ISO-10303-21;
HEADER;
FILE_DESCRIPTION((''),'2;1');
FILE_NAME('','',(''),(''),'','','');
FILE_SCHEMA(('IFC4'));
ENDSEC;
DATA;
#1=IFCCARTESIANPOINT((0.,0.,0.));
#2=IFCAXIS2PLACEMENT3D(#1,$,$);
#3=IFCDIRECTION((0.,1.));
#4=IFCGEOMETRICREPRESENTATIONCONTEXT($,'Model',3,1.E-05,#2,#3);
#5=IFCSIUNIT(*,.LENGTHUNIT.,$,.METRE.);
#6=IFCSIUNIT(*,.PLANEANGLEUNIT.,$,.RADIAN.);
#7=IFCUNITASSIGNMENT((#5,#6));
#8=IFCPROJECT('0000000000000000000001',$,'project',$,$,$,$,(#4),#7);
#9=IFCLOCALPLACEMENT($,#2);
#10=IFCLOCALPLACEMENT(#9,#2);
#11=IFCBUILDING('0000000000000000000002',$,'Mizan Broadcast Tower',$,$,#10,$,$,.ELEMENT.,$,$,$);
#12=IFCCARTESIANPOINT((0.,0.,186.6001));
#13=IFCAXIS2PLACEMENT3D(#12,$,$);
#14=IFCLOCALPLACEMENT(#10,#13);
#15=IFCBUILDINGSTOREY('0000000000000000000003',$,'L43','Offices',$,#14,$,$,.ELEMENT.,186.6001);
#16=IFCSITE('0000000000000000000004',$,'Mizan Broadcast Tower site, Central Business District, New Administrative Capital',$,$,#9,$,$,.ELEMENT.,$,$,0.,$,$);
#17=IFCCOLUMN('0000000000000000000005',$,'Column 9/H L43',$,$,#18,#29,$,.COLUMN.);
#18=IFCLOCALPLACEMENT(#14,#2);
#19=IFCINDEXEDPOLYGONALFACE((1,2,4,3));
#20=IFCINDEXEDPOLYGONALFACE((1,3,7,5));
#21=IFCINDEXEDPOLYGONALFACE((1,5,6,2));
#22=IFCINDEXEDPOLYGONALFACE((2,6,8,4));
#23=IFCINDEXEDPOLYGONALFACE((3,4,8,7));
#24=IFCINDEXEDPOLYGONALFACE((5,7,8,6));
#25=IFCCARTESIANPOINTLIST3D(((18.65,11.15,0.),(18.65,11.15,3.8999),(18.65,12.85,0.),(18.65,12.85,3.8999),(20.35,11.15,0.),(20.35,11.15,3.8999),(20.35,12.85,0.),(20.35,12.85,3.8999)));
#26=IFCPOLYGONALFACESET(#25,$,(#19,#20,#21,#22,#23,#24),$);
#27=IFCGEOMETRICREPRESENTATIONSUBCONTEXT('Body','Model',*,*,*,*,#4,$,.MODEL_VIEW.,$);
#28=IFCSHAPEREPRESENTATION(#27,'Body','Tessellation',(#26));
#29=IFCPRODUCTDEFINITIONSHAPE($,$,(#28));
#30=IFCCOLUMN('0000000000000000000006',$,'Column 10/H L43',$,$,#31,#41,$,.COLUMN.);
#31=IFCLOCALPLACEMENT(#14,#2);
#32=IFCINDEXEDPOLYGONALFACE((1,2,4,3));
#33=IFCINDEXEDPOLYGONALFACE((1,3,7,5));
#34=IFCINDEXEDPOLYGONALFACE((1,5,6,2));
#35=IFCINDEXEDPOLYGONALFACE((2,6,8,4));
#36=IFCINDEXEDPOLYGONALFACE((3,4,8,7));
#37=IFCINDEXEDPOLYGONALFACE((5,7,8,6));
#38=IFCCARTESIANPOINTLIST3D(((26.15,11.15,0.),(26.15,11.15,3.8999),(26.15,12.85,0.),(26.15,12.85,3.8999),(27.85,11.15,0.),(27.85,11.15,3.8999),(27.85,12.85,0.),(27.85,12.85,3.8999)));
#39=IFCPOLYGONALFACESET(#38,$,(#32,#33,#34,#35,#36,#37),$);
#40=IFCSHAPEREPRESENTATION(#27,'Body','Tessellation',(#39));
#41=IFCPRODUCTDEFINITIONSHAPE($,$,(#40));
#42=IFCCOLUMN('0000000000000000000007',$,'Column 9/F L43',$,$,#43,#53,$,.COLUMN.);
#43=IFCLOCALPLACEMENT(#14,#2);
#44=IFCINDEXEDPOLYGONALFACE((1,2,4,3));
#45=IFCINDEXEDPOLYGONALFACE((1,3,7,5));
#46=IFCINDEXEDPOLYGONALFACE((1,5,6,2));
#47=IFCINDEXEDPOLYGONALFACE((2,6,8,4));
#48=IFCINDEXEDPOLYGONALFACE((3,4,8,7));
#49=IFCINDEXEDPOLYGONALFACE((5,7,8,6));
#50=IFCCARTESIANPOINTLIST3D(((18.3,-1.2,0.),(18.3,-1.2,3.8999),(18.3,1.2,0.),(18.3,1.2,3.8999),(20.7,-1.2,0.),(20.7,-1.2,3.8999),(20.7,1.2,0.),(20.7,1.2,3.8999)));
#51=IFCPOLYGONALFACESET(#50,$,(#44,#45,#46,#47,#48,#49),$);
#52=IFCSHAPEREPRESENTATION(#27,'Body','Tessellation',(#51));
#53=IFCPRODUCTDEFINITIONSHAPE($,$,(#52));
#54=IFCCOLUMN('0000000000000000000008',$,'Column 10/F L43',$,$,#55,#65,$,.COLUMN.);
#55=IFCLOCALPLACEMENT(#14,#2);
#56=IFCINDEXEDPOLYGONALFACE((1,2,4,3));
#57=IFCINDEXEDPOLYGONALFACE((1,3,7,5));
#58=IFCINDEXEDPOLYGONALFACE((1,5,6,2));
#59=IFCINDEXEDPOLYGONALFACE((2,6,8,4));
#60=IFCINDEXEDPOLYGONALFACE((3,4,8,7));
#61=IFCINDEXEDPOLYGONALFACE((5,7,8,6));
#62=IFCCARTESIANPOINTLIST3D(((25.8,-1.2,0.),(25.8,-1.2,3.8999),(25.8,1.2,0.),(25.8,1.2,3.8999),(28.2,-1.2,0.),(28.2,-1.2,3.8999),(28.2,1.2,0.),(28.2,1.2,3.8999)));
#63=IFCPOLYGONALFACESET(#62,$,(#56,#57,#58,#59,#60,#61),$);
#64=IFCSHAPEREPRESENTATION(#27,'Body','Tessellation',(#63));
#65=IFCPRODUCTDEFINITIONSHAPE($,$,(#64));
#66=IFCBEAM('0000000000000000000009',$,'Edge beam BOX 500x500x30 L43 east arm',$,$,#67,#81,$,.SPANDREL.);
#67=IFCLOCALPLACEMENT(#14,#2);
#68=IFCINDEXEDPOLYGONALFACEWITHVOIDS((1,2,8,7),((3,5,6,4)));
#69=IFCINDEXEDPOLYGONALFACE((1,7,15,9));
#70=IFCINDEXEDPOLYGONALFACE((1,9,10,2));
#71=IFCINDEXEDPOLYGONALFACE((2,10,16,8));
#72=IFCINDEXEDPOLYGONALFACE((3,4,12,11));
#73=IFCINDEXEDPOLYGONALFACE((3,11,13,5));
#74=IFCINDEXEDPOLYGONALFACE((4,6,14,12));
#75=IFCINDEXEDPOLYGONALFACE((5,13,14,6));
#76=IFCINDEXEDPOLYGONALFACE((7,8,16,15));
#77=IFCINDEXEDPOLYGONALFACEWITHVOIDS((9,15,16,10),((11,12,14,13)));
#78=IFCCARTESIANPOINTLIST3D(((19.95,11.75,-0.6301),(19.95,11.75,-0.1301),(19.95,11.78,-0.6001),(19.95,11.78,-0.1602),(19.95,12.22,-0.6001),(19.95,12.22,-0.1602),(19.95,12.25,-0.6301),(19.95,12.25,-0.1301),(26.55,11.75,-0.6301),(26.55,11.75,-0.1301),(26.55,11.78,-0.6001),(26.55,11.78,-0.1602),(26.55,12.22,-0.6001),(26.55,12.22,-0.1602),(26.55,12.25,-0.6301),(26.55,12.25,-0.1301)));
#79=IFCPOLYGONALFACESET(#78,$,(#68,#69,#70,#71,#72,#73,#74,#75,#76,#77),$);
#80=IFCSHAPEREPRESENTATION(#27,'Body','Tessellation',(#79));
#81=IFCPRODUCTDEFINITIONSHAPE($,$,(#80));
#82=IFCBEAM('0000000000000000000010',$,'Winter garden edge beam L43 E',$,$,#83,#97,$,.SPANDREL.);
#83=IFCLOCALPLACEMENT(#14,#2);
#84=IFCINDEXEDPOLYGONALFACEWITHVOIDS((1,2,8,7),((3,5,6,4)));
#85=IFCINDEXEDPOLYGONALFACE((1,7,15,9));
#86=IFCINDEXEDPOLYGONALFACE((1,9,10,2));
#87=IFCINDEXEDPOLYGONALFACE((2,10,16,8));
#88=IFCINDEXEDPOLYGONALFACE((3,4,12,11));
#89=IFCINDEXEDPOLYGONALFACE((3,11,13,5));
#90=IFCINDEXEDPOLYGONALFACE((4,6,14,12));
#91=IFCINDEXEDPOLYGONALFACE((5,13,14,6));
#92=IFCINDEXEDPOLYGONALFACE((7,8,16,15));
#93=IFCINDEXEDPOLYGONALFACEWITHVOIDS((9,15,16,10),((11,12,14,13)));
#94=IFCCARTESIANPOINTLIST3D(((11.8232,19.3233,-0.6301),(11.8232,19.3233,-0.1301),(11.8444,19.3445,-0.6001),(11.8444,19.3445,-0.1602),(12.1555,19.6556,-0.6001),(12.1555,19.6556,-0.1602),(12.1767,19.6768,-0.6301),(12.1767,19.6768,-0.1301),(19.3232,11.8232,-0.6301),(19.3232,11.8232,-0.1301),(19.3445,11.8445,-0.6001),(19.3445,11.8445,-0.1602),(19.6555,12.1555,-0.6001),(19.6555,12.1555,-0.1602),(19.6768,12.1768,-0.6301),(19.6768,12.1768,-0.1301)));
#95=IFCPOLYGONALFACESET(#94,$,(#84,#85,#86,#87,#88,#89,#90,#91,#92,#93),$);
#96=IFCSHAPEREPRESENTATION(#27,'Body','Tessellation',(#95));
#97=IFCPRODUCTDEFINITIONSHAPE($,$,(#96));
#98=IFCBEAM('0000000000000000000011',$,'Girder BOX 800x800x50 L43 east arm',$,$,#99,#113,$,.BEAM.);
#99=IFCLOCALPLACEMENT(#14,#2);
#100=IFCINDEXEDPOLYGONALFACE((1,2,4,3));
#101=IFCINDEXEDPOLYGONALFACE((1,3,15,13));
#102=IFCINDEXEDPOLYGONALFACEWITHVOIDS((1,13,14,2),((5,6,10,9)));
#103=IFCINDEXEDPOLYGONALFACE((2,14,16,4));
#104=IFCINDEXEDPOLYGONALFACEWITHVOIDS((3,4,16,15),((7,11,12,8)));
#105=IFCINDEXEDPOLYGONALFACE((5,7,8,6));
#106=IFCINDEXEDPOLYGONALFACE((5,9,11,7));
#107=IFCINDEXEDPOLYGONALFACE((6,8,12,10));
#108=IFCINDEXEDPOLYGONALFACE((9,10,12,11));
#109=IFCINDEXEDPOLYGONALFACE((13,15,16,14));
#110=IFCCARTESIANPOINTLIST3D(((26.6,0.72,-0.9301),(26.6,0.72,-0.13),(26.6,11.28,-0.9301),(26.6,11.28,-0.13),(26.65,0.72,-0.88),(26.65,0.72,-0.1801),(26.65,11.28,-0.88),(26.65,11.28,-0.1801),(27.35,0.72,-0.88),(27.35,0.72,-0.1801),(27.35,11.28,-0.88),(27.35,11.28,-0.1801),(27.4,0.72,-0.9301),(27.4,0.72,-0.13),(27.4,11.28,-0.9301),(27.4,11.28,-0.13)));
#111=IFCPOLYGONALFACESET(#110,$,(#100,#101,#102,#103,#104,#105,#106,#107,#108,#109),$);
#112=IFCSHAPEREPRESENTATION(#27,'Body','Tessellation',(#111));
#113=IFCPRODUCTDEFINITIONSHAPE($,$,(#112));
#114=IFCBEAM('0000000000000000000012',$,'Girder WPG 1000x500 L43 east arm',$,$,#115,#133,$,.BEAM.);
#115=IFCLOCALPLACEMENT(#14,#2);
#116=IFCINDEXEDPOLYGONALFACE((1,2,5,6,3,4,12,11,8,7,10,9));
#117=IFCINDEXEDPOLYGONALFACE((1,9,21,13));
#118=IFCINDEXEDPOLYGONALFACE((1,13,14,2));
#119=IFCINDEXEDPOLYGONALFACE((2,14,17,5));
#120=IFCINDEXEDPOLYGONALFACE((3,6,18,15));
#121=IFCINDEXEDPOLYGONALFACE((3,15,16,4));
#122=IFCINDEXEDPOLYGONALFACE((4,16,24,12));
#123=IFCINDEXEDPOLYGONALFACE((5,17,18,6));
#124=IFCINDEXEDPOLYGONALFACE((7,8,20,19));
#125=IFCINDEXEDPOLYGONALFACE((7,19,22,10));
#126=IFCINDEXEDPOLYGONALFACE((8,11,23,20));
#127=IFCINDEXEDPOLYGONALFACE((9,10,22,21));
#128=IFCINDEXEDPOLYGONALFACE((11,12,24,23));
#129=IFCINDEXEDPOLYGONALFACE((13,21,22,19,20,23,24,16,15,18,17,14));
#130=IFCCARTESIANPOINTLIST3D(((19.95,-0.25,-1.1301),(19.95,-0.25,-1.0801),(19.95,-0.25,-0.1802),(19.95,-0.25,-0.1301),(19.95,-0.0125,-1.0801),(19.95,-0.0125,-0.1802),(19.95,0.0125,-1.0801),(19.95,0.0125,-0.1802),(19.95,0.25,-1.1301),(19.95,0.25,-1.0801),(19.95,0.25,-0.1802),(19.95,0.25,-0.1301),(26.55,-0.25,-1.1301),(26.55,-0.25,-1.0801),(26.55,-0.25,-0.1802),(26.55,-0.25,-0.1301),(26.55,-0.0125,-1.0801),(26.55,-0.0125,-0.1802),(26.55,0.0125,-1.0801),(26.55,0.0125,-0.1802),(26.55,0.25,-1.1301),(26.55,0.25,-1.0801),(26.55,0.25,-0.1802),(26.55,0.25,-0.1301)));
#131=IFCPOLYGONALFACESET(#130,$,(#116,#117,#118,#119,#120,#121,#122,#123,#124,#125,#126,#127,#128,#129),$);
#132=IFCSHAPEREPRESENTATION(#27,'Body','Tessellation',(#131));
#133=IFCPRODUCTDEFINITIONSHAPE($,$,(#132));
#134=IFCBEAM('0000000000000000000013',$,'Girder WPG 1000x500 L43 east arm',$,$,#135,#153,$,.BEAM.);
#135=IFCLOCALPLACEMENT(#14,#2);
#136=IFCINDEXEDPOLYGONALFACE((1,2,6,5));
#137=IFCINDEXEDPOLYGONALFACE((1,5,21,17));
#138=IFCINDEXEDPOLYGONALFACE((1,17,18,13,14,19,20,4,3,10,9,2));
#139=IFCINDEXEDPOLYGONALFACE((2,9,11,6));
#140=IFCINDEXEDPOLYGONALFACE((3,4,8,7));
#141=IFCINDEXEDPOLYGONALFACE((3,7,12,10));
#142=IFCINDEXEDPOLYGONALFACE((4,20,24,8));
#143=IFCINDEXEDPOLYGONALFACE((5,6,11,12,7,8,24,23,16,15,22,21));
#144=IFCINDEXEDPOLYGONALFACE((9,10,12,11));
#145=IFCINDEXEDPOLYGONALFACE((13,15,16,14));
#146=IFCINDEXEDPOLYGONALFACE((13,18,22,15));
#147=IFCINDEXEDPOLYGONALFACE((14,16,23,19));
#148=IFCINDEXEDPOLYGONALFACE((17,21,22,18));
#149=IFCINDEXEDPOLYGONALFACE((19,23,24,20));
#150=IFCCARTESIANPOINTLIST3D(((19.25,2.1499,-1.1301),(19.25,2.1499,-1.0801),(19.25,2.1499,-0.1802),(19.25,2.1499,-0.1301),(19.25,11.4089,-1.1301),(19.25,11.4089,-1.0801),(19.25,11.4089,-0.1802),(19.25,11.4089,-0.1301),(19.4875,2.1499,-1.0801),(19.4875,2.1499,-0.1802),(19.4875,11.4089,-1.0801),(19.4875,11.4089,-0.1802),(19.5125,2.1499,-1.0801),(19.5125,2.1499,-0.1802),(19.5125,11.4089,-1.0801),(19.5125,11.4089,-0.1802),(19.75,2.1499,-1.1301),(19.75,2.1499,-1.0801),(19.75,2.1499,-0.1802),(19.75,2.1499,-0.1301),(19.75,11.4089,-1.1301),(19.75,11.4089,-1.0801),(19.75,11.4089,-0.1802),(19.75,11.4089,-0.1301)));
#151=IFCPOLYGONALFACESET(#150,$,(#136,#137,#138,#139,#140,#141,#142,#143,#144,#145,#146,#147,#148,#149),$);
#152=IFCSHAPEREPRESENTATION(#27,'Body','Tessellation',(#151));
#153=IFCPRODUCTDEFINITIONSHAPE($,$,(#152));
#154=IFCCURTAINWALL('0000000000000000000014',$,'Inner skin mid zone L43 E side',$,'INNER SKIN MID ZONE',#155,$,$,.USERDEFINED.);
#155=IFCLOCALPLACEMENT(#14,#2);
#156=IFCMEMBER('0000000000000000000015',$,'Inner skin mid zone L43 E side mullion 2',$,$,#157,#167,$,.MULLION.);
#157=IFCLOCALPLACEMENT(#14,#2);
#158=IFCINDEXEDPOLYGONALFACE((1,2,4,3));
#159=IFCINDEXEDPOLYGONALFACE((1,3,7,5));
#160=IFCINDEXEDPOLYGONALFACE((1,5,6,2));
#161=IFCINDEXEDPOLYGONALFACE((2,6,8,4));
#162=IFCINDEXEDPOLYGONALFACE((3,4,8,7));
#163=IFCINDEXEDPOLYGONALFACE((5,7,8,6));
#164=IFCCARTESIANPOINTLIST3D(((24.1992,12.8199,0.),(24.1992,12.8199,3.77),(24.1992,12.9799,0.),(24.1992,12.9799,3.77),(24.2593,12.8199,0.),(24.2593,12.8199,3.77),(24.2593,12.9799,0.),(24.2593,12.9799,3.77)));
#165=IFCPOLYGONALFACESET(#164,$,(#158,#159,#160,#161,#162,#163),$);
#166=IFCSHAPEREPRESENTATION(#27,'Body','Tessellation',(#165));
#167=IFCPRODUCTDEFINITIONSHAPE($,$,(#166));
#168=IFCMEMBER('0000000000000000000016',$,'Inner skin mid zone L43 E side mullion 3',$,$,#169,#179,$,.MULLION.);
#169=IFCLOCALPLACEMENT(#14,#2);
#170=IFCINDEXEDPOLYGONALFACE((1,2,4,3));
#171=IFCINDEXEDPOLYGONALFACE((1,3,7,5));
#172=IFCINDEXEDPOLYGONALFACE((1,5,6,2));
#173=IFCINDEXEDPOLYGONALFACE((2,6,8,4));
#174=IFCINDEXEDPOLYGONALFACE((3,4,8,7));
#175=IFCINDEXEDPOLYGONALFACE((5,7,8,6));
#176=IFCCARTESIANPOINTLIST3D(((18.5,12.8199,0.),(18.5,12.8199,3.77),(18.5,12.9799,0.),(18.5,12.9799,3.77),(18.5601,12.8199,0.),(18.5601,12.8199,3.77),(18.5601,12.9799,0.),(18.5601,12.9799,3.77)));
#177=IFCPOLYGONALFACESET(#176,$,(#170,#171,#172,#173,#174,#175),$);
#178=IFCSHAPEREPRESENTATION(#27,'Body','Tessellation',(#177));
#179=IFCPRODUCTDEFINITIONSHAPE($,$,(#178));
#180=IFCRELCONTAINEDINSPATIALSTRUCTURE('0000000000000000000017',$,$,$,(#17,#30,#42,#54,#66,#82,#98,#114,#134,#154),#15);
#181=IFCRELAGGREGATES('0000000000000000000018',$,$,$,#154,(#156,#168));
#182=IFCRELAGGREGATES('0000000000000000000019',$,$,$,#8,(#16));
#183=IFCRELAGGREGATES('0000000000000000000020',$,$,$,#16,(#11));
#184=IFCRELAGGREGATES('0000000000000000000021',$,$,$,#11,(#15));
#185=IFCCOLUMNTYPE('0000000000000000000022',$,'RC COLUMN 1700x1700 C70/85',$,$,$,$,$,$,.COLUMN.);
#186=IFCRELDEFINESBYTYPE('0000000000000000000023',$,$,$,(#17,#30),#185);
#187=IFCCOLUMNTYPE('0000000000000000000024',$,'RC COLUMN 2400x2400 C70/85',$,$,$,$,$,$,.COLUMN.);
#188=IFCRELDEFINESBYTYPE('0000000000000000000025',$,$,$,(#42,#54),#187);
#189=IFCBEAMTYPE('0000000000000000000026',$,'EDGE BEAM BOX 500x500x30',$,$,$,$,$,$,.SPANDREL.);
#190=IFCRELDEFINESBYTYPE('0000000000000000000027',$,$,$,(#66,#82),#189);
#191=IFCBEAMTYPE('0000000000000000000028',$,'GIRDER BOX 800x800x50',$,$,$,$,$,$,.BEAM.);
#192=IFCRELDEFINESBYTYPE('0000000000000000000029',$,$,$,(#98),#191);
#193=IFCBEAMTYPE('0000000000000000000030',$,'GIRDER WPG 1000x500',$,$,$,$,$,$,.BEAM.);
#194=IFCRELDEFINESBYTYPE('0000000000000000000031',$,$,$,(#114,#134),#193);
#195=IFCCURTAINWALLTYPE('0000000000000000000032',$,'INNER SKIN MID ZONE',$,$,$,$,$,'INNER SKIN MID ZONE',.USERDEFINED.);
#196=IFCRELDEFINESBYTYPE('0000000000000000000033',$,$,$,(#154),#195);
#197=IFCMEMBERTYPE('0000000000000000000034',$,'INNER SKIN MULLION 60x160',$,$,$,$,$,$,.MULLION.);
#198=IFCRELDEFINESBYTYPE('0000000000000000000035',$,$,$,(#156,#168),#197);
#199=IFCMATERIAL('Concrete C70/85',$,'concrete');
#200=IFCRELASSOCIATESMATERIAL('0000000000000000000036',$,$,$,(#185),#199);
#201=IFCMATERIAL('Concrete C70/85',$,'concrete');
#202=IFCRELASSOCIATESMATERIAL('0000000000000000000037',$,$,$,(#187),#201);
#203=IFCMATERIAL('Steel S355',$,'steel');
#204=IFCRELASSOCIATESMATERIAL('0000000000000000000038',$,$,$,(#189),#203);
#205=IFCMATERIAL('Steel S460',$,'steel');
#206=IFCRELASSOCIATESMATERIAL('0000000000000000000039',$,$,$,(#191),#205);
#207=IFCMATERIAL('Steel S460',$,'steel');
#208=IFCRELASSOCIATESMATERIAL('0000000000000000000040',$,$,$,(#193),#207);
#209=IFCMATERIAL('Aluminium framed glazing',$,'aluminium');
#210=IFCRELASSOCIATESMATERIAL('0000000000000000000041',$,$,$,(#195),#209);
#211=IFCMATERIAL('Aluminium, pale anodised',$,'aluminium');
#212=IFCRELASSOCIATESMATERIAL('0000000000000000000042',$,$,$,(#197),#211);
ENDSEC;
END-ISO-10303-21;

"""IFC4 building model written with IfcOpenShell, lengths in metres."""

from ifc_helpers import new_model, si_unit, direction, frame, origin, origin_2d, place, context, subcontext, project, spatial, rectangle, hollow_rectangle, i_section, extrude, material, material_profile, profile_set, type_object, element, aggregate, save


model = new_model("IFC4")

# Units and contexts
model_context = context("Model", 3, precision=1e-05, world=origin(), true_north=direction((0.0, 1.0)))
body_context = subcontext(model_context, "Body", "Model", "MODEL_VIEW")
ifc_project = project(units=[si_unit("LENGTHUNIT", "METRE"), si_unit("PLANEANGLEUNIT", "RADIAN")], contexts=[model_context])

# Site, building, storey
site_placement = place(None, origin())
site = spatial("IfcSite", under=ifc_project, at=site_placement, Name="Mizan Broadcast Tower site, Central Business District, New Administrative Capital", CompositionType="ELEMENT", RefElevation=0.0)
building_placement = place(site_placement, origin())
building = spatial("IfcBuilding", under=site, at=building_placement, Name="Mizan Broadcast Tower", CompositionType="ELEMENT")
storey_placement = place(building_placement, frame((0.0, 0.0, 186.6001)))
storey = spatial("IfcBuildingStorey", under=building, at=storey_placement, Name="L43", Description="Offices", CompositionType="ELEMENT", Elevation=186.6001)

# Columns
ifc_material_1 = material(Name="Concrete C70/85", Category="concrete")
ifc_material_profile_1 = material_profile(ifc_material_1, rectangle(XDim=1.7, YDim=1.7, at=origin_2d()), Name="RC 1700x1700")
ifc_profile_set_1 = profile_set([ifc_material_profile_1], Name="Concrete C70/85")
column_type_1 = type_object("IfcColumnType", Name="RC COLUMN 1700x1700 C70/85", PredefinedType="COLUMN", material=ifc_profile_set_1)
for number, where, z_axis, x_axis, name in (
    (1, (19.5, 12.0, 0.0), (0.0, 0.0, 1.0), (1.0, 0.0, 0.0), "Column 9/H L43"),
    (2, (27.0, 12.0, 0.0), (0.0, 0.0, 1.0), (1.0, 0.0, 0.0), "Column 10/H L43"),
):
    element("IfcColumn", number, at=place(storey_placement, frame(where, z_axis=z_axis, x_axis=x_axis)), inside=storey, type_object=column_type_1, Name=name, PredefinedType="COLUMN", context=body_context, shape_type="SweptSolid", body=[
        extrude(rectangle(XDim=1.7, YDim=1.7, at=origin_2d()), origin(), (0.0, 0.0, 1.0), 3.8999),
    ])
ifc_material_2 = material(Name="Concrete C70/85", Category="concrete")
ifc_material_profile_2 = material_profile(ifc_material_2, rectangle(XDim=2.3999, YDim=2.3999, at=origin_2d()), Name="RC 2400x2400")
ifc_profile_set_2 = profile_set([ifc_material_profile_2], Name="Concrete C70/85")
column_type_2 = type_object("IfcColumnType", Name="RC COLUMN 2400x2400 C70/85", PredefinedType="COLUMN", material=ifc_profile_set_2)
for number, where, z_axis, x_axis, name in (
    (3, (19.5, 0.0, 0.0), (0.0, 0.0, 1.0), (1.0, 0.0, 0.0), "Column 9/F L43"),
    (4, (27.0, 0.0, 0.0), (0.0, 0.0, 1.0), (1.0, 0.0, 0.0), "Column 10/F L43"),
):
    element("IfcColumn", number, at=place(storey_placement, frame(where, z_axis=z_axis, x_axis=x_axis)), inside=storey, type_object=column_type_2, Name=name, PredefinedType="COLUMN", context=body_context, shape_type="SweptSolid", body=[
        extrude(rectangle(XDim=2.3999, YDim=2.3999, at=origin_2d()), origin(), (0.0, 0.0, 1.0), 3.8999),
    ])

# Beams
ifc_material_3 = material(Name="Steel S355", Category="steel")
ifc_material_profile_3 = material_profile(ifc_material_3, hollow_rectangle(XDim=0.5, YDim=0.5, WallThickness=0.03, at=origin_2d()), Name="BOX 500x500x30")
ifc_profile_set_3 = profile_set([ifc_material_profile_3], Name="Steel S355")
beam_type_1 = type_object("IfcBeamType", Name="EDGE BEAM BOX 500x500x30", PredefinedType="SPANDREL", material=ifc_profile_set_3)
beam_1_placement = place(storey_placement, frame((19.95, 12.0, -0.3801), z_axis=(1.0, 0.0, 0.0), x_axis=(0.0, 1.0, 0.0)))
element("IfcBeam", 5, at=beam_1_placement, inside=storey, type_object=beam_type_1, Name="Edge beam BOX 500x500x30 L43 east arm", PredefinedType="SPANDREL", context=body_context, shape_type="SweptSolid", body=[
    extrude(hollow_rectangle(XDim=0.5, YDim=0.5, WallThickness=0.03, at=origin_2d()), origin(), (0.0, 0.0, 1.0), 6.6001),
])
beam_2_placement = place(storey_placement, frame((19.5, 12.0, -0.3801), z_axis=(-0.707107, 0.707107, 0.0), x_axis=(-0.707107, -0.707107, 0.0)))
element("IfcBeam", 6, at=beam_2_placement, inside=storey, type_object=beam_type_1, Name="Winter garden edge beam L43 E", PredefinedType="SPANDREL", context=body_context, shape_type="SweptSolid", body=[
    extrude(hollow_rectangle(XDim=0.5, YDim=0.5, WallThickness=0.03, at=origin_2d()), origin(), (0.0, 0.0, 1.0), 10.6067),
])
ifc_material_4 = material(Name="Steel S460", Category="steel")
ifc_material_profile_4 = material_profile(ifc_material_4, hollow_rectangle(XDim=0.8, YDim=0.8, WallThickness=0.05, at=origin_2d()), Name="BOX 800x800x50")
ifc_profile_set_4 = profile_set([ifc_material_profile_4], Name="Steel S460")
beam_type_2 = type_object("IfcBeamType", Name="GIRDER BOX 800x800x50", PredefinedType="BEAM", material=ifc_profile_set_4)
beam_3_placement = place(storey_placement, frame((27.0, 11.28, -0.53), z_axis=(0.0, -1.0, 0.0), x_axis=(1.0, 0.0, 0.0)))
element("IfcBeam", 7, at=beam_3_placement, inside=storey, type_object=beam_type_2, Name="Girder BOX 800x800x50 L43 east arm", PredefinedType="BEAM", context=body_context, shape_type="SweptSolid", body=[
    extrude(hollow_rectangle(XDim=0.8, YDim=0.8, WallThickness=0.05, at=origin_2d()), origin(), (0.0, 0.0, 1.0), 10.5601),
])
ifc_material_5 = material(Name="Steel S460", Category="steel")
ifc_material_profile_5 = material_profile(ifc_material_5, i_section(OverallWidth=0.5, OverallDepth=1.0, WebThickness=0.0249, FlangeThickness=0.05, at=origin_2d()), Name="WPG 1000x500")
ifc_profile_set_5 = profile_set([ifc_material_profile_5], Name="Steel S460")
beam_type_3 = type_object("IfcBeamType", Name="GIRDER WPG 1000x500", PredefinedType="BEAM", material=ifc_profile_set_5)
beam_4_placement = place(storey_placement, frame((19.95, 0.0, -0.6301), z_axis=(1.0, 0.0, 0.0), x_axis=(0.0, 1.0, 0.0)))
element("IfcBeam", 8, at=beam_4_placement, inside=storey, type_object=beam_type_3, Name="Girder WPG 1000x500 L43 east arm", PredefinedType="BEAM", context=body_context, shape_type="SweptSolid", body=[
    extrude(i_section(OverallWidth=0.5, OverallDepth=1.0, WebThickness=0.0249, FlangeThickness=0.05, at=origin_2d()), origin(), (0.0, 0.0, 1.0), 6.6001),
])
beam_5_placement = place(storey_placement, frame((19.5, 11.4089, -0.6301), z_axis=(0.0, -1.0, 0.0), x_axis=(1.0, 0.0, 0.0)))
element("IfcBeam", 9, at=beam_5_placement, inside=storey, type_object=beam_type_3, Name="Girder WPG 1000x500 L43 east arm", PredefinedType="BEAM", context=body_context, shape_type="SweptSolid", body=[
    extrude(i_section(OverallWidth=0.5, OverallDepth=1.0, WebThickness=0.0249, FlangeThickness=0.05, at=origin_2d()), origin(), (0.0, 0.0, 1.0), 9.259),
])

# Curtain wall, members
ifc_material_6 = material(Name="Aluminium framed glazing", Category="aluminium")
curtain_wall_type_1 = type_object("IfcCurtainWallType", Name="INNER SKIN MID ZONE", ElementType="INNER SKIN MID ZONE", PredefinedType="USERDEFINED", material=ifc_material_6)
curtain_wall_1_placement = place(storey_placement, origin())
curtain_wall_1 = element("IfcCurtainWall", 10, at=curtain_wall_1_placement, inside=storey, type_object=curtain_wall_type_1, Name="Inner skin mid zone L43 E side", ObjectType="INNER SKIN MID ZONE", PredefinedType="USERDEFINED")
ifc_material_7 = material(Name="Aluminium, pale anodised", Category="aluminium")
ifc_material_profile_6 = material_profile(ifc_material_7, rectangle(XDim=0.1599, YDim=0.0601, at=origin_2d()), Name="MULLION 160x60")
ifc_profile_set_6 = profile_set([ifc_material_profile_6], Name="Aluminium, pale anodised")
member_type_1 = type_object("IfcMemberType", Name="INNER SKIN MULLION 60x160", PredefinedType="MULLION", material=ifc_profile_set_6)
member_1_placement = place(storey_placement, frame((24.2292, 12.8999, 0.0), z_axis=(0.0, 0.0, 1.0), x_axis=(0.0, -1.0, 0.0)))
member_1 = element("IfcMember", 11, at=member_1_placement, type_object=member_type_1, Name="Inner skin mid zone L43 E side mullion 2", PredefinedType="MULLION", context=body_context, shape_type="SweptSolid", body=[
    extrude(rectangle(XDim=0.1599, YDim=0.0601, at=origin_2d()), origin(), (0.0, 0.0, 1.0), 3.77),
])
member_2_placement = place(storey_placement, frame((18.53, 12.8999, 0.0), z_axis=(0.0, 0.0, 1.0), x_axis=(0.0, -1.0, 0.0)))
member_2 = element("IfcMember", 12, at=member_2_placement, type_object=member_type_1, Name="Inner skin mid zone L43 E side mullion 3", PredefinedType="MULLION", context=body_context, shape_type="SweptSolid", body=[
    extrude(rectangle(XDim=0.1599, YDim=0.0601, at=origin_2d()), origin(), (0.0, 0.0, 1.0), 3.77),
])

aggregate(curtain_wall_1, [member_1, member_2])

save(model, "model.ifc")
